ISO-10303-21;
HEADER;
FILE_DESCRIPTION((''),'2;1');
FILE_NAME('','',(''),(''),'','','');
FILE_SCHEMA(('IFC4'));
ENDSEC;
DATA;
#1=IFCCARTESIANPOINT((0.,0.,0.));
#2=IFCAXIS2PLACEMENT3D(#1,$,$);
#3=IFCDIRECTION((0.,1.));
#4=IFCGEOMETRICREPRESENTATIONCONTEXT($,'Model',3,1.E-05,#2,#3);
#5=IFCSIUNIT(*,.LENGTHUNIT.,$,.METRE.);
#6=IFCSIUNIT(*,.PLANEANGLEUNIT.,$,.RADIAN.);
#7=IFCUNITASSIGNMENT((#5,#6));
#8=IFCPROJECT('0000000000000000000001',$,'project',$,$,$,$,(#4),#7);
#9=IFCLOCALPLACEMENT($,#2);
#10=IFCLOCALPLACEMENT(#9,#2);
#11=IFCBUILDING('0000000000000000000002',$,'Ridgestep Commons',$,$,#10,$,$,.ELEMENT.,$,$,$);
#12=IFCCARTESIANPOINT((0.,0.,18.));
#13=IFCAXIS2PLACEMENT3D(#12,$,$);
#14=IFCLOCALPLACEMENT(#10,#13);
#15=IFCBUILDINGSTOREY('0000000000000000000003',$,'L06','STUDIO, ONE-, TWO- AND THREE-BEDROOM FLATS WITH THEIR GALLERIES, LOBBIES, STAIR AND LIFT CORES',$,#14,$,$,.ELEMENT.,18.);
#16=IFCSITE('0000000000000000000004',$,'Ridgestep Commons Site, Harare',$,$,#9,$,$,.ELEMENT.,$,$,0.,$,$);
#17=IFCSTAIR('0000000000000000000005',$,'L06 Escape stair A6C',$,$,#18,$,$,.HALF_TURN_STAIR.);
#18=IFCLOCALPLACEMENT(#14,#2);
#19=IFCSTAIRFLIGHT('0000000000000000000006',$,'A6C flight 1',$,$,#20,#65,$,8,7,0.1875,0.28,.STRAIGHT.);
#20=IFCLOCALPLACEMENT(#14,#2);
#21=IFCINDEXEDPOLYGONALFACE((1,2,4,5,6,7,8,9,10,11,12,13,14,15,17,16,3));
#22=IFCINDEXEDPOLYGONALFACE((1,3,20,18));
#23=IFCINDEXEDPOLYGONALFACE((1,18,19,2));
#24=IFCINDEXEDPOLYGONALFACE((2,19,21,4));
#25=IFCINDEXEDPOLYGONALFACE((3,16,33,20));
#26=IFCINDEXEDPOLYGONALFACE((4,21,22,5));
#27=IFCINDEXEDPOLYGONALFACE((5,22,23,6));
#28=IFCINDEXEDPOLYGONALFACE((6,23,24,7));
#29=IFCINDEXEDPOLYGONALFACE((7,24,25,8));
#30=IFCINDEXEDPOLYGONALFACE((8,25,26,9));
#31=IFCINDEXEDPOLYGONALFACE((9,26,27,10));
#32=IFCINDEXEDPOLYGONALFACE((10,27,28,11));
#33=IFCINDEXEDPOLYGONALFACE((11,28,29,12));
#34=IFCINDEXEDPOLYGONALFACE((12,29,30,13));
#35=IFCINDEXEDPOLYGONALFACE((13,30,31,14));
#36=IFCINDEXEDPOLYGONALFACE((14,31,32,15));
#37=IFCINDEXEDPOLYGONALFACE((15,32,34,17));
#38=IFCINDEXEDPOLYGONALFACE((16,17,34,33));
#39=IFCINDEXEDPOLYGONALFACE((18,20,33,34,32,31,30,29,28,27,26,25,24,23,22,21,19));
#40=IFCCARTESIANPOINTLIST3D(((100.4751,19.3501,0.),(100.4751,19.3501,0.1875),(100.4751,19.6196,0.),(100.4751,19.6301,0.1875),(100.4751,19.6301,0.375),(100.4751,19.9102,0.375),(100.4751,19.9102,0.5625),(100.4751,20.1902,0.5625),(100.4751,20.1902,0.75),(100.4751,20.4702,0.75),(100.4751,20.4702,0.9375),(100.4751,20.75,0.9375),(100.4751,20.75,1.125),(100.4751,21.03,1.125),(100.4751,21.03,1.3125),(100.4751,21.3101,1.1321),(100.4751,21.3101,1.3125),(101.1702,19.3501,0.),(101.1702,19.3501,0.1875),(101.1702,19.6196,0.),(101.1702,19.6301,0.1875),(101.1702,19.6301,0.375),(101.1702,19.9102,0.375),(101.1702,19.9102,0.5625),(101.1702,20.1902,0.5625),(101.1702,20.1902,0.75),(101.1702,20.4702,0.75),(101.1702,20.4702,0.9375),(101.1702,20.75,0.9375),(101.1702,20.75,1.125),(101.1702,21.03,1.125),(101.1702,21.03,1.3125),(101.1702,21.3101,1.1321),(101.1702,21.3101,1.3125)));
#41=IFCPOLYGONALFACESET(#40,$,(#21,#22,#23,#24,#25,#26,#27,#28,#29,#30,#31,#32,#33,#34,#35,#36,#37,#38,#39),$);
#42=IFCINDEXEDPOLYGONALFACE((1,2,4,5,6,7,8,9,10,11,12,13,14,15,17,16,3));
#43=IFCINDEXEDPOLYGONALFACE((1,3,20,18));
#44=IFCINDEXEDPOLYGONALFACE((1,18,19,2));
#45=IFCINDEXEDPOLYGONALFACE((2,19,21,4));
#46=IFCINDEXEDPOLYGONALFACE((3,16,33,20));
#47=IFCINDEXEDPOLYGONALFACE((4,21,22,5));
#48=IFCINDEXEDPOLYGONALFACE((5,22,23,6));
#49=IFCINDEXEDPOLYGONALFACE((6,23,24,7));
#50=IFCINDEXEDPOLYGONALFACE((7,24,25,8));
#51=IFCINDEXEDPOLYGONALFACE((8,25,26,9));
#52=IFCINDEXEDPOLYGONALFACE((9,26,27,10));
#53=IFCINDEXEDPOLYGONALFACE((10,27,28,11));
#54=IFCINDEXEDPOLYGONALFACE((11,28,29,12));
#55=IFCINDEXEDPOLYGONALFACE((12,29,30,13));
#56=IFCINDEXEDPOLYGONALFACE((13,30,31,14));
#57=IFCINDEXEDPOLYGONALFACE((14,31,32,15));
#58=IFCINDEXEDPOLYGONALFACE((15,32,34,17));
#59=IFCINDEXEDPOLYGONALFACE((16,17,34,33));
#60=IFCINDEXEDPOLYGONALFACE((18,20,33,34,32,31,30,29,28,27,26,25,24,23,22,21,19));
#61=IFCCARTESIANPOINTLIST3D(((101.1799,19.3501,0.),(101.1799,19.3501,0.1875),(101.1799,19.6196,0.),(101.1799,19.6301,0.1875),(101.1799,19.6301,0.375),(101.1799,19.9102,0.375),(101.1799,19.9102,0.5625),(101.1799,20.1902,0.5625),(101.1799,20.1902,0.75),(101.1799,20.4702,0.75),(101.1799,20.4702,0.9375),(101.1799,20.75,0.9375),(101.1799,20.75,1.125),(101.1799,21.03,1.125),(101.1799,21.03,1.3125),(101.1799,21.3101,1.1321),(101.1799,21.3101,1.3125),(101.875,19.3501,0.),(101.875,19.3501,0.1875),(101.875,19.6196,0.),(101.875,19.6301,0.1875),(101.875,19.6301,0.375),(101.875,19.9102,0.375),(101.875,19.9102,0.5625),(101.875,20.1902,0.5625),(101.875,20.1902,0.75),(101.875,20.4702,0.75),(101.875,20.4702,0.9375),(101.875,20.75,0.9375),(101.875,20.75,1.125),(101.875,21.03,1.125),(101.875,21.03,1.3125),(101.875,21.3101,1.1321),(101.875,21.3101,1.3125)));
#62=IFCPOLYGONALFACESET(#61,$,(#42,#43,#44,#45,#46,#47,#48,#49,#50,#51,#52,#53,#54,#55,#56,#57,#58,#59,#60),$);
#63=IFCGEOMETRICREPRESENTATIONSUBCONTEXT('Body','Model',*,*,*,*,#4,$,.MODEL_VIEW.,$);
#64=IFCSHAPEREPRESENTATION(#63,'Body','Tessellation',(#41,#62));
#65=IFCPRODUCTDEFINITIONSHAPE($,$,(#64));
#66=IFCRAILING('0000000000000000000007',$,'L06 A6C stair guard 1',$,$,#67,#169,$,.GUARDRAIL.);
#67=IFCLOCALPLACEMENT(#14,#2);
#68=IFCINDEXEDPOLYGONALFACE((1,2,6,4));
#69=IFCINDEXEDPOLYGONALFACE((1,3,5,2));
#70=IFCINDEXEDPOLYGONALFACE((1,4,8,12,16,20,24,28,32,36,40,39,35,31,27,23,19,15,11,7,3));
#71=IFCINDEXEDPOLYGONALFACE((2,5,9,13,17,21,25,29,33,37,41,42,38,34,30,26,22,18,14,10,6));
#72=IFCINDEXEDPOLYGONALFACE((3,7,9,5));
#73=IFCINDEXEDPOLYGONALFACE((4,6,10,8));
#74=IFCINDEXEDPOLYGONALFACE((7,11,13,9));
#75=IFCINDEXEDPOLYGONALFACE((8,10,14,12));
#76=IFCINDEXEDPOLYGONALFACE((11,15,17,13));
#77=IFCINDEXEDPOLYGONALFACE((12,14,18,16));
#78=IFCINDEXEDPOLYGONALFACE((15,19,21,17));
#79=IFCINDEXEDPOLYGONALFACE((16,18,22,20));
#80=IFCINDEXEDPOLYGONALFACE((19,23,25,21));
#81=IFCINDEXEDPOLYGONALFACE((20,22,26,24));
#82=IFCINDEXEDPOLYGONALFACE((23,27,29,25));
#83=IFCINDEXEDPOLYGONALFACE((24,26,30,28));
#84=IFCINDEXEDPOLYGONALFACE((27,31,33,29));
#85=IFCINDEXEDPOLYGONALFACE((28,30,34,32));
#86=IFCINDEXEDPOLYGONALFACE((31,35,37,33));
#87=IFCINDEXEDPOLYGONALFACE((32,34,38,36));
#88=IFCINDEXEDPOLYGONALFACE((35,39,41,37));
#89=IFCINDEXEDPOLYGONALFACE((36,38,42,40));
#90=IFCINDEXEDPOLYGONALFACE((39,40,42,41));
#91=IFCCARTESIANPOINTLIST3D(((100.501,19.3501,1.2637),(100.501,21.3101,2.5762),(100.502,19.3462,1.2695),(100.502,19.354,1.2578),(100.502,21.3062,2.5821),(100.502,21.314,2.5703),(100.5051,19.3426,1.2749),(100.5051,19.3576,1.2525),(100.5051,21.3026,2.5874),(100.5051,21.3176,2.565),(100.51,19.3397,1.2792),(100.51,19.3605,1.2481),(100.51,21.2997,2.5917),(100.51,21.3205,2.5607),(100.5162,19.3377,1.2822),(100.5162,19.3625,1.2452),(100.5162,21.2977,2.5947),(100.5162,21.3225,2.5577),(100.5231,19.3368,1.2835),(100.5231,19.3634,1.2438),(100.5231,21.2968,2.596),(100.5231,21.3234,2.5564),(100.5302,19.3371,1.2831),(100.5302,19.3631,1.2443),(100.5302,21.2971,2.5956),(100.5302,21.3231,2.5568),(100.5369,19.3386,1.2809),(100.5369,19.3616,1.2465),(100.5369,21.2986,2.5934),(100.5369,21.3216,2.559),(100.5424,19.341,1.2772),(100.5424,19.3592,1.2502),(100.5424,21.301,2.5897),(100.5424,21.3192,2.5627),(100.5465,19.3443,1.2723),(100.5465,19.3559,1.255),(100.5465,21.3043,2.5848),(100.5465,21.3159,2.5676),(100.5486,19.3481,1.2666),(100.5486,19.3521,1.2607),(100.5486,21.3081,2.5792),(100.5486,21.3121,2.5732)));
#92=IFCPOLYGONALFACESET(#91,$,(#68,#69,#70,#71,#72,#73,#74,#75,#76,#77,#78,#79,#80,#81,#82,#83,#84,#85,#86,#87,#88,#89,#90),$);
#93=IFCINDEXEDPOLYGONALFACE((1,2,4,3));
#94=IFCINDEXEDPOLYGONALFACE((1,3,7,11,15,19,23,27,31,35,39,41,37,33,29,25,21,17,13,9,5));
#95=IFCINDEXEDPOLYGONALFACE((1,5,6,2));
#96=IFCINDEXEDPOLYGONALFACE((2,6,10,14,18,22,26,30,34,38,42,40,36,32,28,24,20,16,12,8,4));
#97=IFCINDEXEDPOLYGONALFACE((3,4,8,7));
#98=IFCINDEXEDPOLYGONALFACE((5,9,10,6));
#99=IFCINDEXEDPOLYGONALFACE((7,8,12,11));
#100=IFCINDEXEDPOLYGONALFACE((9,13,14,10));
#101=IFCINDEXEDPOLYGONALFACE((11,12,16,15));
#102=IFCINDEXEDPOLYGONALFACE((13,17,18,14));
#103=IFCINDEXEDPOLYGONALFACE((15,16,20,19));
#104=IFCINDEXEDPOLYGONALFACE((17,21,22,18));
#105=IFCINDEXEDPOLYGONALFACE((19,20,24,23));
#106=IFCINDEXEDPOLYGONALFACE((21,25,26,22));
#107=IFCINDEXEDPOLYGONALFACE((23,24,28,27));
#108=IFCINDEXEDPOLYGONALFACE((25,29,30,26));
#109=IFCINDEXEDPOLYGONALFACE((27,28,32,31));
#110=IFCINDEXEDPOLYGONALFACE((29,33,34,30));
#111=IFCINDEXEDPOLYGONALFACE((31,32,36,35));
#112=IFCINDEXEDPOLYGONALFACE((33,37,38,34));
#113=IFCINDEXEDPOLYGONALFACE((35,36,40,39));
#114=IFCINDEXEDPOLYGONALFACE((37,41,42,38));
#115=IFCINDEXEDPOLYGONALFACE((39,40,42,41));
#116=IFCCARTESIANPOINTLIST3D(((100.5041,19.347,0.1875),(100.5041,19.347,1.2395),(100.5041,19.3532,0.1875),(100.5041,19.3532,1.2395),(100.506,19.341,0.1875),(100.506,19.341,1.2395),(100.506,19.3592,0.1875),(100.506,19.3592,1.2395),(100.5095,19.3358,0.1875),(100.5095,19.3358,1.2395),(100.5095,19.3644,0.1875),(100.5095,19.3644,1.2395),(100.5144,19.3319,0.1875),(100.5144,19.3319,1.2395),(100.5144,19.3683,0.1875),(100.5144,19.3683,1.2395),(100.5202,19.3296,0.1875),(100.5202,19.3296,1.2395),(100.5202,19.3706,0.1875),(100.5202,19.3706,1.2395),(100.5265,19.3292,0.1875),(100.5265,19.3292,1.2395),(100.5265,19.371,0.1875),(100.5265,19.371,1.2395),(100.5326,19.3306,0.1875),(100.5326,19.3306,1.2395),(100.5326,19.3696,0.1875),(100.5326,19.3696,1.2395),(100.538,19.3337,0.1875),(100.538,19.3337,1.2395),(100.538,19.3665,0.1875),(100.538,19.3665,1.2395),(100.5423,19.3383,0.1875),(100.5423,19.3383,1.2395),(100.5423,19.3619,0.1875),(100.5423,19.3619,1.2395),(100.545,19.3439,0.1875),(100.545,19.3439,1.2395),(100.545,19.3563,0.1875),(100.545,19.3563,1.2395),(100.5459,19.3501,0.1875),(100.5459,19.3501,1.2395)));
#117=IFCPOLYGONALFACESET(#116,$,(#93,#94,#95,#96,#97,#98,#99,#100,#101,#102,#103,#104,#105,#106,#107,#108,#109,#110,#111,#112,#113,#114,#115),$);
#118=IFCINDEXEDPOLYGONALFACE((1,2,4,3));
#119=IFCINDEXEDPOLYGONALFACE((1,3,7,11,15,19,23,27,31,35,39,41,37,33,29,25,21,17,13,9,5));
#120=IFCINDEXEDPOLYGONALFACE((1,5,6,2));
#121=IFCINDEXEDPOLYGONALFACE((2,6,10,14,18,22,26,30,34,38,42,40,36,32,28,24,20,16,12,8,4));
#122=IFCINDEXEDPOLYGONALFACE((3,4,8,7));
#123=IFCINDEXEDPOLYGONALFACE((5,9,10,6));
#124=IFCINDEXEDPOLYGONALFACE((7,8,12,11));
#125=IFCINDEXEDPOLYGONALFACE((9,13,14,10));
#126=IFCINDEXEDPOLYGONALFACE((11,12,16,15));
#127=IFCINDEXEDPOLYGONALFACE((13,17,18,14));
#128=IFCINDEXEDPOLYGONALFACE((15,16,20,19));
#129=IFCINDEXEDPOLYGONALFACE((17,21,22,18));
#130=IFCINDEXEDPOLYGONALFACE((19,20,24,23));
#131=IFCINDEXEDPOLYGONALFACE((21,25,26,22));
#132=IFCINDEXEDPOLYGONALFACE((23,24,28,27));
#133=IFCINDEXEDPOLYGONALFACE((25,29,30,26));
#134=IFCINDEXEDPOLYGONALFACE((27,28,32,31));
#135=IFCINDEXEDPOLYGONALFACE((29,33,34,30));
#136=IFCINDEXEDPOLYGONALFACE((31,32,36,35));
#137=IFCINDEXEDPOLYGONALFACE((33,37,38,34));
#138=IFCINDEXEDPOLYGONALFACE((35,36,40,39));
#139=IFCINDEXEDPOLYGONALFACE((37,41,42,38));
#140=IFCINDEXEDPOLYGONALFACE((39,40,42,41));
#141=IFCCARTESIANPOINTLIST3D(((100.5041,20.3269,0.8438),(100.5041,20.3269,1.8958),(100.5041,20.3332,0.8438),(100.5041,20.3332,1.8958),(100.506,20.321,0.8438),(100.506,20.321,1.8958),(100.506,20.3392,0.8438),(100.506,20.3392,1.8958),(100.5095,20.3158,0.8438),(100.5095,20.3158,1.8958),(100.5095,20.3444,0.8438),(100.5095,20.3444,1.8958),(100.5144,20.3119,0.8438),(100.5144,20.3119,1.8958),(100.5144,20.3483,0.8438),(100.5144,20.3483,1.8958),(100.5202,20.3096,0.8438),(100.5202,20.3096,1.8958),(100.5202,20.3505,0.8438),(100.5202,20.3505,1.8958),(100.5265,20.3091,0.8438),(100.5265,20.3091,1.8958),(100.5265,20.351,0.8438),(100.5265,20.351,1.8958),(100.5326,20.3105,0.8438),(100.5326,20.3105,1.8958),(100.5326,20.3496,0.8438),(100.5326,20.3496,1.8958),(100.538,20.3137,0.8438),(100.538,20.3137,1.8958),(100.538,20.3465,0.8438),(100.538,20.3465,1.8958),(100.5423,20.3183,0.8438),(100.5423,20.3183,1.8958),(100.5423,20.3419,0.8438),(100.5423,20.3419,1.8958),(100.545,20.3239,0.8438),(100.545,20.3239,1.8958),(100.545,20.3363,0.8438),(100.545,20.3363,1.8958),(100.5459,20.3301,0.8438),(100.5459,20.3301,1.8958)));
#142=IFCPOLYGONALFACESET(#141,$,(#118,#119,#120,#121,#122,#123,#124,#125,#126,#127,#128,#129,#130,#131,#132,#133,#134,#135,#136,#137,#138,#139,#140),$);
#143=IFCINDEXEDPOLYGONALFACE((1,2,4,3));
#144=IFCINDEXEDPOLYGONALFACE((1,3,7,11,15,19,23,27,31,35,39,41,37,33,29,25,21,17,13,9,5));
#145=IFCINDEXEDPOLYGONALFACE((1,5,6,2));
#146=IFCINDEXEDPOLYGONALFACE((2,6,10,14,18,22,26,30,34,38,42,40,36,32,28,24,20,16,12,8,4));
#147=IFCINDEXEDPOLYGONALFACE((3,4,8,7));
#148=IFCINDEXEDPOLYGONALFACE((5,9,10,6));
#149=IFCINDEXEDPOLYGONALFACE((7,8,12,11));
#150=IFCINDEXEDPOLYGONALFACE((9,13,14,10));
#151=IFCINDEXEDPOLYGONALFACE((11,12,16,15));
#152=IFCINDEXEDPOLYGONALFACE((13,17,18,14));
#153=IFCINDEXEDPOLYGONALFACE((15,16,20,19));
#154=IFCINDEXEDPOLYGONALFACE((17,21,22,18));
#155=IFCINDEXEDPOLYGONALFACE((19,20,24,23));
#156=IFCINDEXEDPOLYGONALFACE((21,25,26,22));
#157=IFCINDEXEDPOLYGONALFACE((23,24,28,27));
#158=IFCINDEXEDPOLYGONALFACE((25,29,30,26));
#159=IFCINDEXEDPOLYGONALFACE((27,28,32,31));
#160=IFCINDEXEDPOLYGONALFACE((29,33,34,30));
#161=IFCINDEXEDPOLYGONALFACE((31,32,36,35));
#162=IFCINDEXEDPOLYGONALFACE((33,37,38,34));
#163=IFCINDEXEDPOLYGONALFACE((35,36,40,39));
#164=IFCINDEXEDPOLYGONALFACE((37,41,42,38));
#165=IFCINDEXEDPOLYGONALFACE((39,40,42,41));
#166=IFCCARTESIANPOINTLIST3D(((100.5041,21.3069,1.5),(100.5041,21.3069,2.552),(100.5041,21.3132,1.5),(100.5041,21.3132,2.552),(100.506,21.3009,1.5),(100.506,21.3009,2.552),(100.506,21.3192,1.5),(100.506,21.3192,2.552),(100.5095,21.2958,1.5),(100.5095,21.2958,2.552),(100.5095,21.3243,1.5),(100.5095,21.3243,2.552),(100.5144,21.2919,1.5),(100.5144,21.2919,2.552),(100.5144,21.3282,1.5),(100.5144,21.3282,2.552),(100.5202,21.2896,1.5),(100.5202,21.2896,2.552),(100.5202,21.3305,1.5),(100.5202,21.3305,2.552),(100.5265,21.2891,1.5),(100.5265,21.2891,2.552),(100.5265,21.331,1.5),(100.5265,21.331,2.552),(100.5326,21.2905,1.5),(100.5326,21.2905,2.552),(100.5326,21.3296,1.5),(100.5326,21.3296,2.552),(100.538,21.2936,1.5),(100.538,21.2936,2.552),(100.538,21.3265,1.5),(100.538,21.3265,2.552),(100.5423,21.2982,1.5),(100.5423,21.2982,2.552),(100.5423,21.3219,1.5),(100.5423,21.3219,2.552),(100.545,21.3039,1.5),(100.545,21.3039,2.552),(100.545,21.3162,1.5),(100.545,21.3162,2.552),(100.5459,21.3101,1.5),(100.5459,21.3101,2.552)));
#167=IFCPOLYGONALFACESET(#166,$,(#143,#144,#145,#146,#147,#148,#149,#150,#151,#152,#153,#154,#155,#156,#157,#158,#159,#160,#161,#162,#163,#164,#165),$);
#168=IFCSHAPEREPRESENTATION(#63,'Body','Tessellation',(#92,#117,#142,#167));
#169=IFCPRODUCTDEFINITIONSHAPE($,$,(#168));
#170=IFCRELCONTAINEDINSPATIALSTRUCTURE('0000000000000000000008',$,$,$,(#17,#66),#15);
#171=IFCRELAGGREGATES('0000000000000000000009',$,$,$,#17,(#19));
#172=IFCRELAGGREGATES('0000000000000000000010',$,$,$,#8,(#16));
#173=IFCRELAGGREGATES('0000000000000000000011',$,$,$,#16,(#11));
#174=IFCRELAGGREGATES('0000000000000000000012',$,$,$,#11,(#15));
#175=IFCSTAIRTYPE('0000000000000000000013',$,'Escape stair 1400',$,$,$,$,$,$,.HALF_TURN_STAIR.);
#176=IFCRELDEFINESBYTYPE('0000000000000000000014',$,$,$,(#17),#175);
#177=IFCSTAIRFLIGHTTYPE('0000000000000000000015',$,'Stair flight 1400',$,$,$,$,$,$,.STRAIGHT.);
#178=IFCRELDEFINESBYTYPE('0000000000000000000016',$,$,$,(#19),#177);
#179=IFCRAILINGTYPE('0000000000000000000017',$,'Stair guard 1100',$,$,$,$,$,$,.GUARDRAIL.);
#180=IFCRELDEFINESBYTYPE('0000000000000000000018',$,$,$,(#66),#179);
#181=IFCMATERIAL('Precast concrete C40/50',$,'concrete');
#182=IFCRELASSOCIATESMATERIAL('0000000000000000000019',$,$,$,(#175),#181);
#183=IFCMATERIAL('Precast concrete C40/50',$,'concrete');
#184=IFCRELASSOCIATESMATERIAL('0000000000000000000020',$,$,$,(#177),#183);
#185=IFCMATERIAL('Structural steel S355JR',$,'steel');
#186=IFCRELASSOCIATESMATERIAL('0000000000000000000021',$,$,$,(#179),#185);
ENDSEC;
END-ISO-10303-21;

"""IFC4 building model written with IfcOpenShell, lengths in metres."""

from ifc_helpers import new_model, si_unit, direction, frame, origin, origin_2d, place, context, subcontext, project, spatial, polyline, circle, outline, extrude, material, type_object, element, aggregate, save


model = new_model("IFC4")

# Units and contexts
model_context = context("Model", 3, precision=1e-05, world=origin(), true_north=direction((0.0, 1.0)))
body_context = subcontext(model_context, "Body", "Model", "MODEL_VIEW")
ifc_project = project(units=[si_unit("LENGTHUNIT", "METRE"), si_unit("PLANEANGLEUNIT", "RADIAN")], contexts=[model_context])

# Site, building, storey
site_placement = place(None, origin())
site = spatial("IfcSite", under=ifc_project, at=site_placement, Name="Ridgestep Commons Site, Harare", CompositionType="ELEMENT", RefElevation=0.0)
building_placement = place(site_placement, origin())
building = spatial("IfcBuilding", under=site, at=building_placement, Name="Ridgestep Commons", CompositionType="ELEMENT")
storey_placement = place(building_placement, frame((0.0, 0.0, 18.0)))
storey = spatial("IfcBuildingStorey", under=building, at=storey_placement, Name="L06", Description="STUDIO, ONE-, TWO- AND THREE-BEDROOM FLATS WITH THEIR GALLERIES, LOBBIES, STAIR AND LIFT CORES", CompositionType="ELEMENT", Elevation=18.0)

# Stair, stair flight
ifc_material_1 = material(Name="Precast concrete C40/50", Category="concrete")
stair_type = type_object("IfcStairType", Name="Escape stair 1400", PredefinedType="HALF_TURN_STAIR", material=ifc_material_1)
stair_placement = place(storey_placement, origin())
stair = element("IfcStair", 1, at=stair_placement, inside=storey, type_object=stair_type, Name="L06 Escape stair A6C", PredefinedType="HALF_TURN_STAIR")
ifc_material_2 = material(Name="Precast concrete C40/50", Category="concrete")
stair_flight_type = type_object("IfcStairFlightType", Name="Stair flight 1400", PredefinedType="STRAIGHT", material=ifc_material_2)
stair_flight_placement = place(storey_placement, frame((101.175, 19.3501, 0.0), z_axis=(0.0, 0.0, 1.0), x_axis=(0.0, 1.0, 0.0)))
stair_flight = element("IfcStairFlight", 2, at=stair_flight_placement, type_object=stair_flight_type, Name="A6C flight 1", NumberOfRisers=8, NumberOfTreads=7, PredefinedType="STRAIGHT", RiserHeight=0.1875, TreadLength=0.28, context=body_context, shape_type="SweptSolid", body=[
    extrude(outline(polyline([(0.0, 0.0), (0.0, 0.1875), (0.28, 0.1875), (0.28, 0.375), (0.5601, 0.375), (0.5601, 0.5625), (0.8401, 0.5625), (0.8401, 0.75), (1.1201, 0.75), (1.1201, 0.9375), (1.3999, 0.9375), (1.3999, 1.125), (1.6799, 1.125), (1.6799, 1.3125), (1.96, 1.3125), (1.96, 1.5), (1.96, 1.1321), (0.2695, 0.0), (0.0, 0.0)])), frame((0.0, 0.7, 0.0), z_axis=(0.0, -1.0, 0.0), x_axis=(1.0, 0.0, 0.0)), (0.0, 0.0, 1.0), 0.6951),
    extrude(outline(polyline([(0.0, 0.0), (0.0, 0.1875), (0.28, 0.1875), (0.28, 0.375), (0.5601, 0.375), (0.5601, 0.5625), (0.8401, 0.5625), (0.8401, 0.75), (1.1201, 0.75), (1.1201, 0.9375), (1.3999, 0.9375), (1.3999, 1.125), (1.6799, 1.125), (1.6799, 1.3125), (1.96, 1.3125), (1.96, 1.5), (1.96, 1.1321), (0.2695, 0.0), (0.0, 0.0)])), frame((0.0, -0.0049, 0.0), z_axis=(0.0, -1.0, 0.0), x_axis=(1.0, 0.0, 0.0)), (0.0, 0.0, 1.0), 0.6951),
])
aggregate(stair, [stair_flight])

# Railing
ifc_material_3 = material(Name="Structural steel S355JR", Category="steel")
railing_type_1 = type_object("IfcRailingType", Name="Stair guard 1100", PredefinedType="GUARDRAIL", material=ifc_material_3)
railing_1_placement = place(storey_placement, frame((100.5249, 19.3501, 0.1875)))
element("IfcRailing", 3, at=railing_1_placement, inside=storey, type_object=railing_type_1, Name="L06 A6C stair guard 1", PredefinedType="GUARDRAIL", context=body_context, shape_type="SweptSolid", body=[
    extrude(circle(Radius=0.0239, at=origin_2d()), frame((0.0, 0.0, 1.0762), z_axis=(0.0, 0.830902, 0.556419), x_axis=(-1.0, 0.0, 0.0)), (0.0, 0.0, 1.0), 2.3589),
    extrude(circle(Radius=0.021, at=origin_2d()), origin(), (0.0, 0.0, 1.0), 1.052),
    extrude(circle(Radius=0.021, at=origin_2d()), frame((0.0, 0.98, 0.6562)), (0.0, 0.0, 1.0), 1.052),
    extrude(circle(Radius=0.021, at=origin_2d()), frame((0.0, 1.96, 1.3125)), (0.0, 0.0, 1.0), 1.052),
])

save(model, "model.ifc")
